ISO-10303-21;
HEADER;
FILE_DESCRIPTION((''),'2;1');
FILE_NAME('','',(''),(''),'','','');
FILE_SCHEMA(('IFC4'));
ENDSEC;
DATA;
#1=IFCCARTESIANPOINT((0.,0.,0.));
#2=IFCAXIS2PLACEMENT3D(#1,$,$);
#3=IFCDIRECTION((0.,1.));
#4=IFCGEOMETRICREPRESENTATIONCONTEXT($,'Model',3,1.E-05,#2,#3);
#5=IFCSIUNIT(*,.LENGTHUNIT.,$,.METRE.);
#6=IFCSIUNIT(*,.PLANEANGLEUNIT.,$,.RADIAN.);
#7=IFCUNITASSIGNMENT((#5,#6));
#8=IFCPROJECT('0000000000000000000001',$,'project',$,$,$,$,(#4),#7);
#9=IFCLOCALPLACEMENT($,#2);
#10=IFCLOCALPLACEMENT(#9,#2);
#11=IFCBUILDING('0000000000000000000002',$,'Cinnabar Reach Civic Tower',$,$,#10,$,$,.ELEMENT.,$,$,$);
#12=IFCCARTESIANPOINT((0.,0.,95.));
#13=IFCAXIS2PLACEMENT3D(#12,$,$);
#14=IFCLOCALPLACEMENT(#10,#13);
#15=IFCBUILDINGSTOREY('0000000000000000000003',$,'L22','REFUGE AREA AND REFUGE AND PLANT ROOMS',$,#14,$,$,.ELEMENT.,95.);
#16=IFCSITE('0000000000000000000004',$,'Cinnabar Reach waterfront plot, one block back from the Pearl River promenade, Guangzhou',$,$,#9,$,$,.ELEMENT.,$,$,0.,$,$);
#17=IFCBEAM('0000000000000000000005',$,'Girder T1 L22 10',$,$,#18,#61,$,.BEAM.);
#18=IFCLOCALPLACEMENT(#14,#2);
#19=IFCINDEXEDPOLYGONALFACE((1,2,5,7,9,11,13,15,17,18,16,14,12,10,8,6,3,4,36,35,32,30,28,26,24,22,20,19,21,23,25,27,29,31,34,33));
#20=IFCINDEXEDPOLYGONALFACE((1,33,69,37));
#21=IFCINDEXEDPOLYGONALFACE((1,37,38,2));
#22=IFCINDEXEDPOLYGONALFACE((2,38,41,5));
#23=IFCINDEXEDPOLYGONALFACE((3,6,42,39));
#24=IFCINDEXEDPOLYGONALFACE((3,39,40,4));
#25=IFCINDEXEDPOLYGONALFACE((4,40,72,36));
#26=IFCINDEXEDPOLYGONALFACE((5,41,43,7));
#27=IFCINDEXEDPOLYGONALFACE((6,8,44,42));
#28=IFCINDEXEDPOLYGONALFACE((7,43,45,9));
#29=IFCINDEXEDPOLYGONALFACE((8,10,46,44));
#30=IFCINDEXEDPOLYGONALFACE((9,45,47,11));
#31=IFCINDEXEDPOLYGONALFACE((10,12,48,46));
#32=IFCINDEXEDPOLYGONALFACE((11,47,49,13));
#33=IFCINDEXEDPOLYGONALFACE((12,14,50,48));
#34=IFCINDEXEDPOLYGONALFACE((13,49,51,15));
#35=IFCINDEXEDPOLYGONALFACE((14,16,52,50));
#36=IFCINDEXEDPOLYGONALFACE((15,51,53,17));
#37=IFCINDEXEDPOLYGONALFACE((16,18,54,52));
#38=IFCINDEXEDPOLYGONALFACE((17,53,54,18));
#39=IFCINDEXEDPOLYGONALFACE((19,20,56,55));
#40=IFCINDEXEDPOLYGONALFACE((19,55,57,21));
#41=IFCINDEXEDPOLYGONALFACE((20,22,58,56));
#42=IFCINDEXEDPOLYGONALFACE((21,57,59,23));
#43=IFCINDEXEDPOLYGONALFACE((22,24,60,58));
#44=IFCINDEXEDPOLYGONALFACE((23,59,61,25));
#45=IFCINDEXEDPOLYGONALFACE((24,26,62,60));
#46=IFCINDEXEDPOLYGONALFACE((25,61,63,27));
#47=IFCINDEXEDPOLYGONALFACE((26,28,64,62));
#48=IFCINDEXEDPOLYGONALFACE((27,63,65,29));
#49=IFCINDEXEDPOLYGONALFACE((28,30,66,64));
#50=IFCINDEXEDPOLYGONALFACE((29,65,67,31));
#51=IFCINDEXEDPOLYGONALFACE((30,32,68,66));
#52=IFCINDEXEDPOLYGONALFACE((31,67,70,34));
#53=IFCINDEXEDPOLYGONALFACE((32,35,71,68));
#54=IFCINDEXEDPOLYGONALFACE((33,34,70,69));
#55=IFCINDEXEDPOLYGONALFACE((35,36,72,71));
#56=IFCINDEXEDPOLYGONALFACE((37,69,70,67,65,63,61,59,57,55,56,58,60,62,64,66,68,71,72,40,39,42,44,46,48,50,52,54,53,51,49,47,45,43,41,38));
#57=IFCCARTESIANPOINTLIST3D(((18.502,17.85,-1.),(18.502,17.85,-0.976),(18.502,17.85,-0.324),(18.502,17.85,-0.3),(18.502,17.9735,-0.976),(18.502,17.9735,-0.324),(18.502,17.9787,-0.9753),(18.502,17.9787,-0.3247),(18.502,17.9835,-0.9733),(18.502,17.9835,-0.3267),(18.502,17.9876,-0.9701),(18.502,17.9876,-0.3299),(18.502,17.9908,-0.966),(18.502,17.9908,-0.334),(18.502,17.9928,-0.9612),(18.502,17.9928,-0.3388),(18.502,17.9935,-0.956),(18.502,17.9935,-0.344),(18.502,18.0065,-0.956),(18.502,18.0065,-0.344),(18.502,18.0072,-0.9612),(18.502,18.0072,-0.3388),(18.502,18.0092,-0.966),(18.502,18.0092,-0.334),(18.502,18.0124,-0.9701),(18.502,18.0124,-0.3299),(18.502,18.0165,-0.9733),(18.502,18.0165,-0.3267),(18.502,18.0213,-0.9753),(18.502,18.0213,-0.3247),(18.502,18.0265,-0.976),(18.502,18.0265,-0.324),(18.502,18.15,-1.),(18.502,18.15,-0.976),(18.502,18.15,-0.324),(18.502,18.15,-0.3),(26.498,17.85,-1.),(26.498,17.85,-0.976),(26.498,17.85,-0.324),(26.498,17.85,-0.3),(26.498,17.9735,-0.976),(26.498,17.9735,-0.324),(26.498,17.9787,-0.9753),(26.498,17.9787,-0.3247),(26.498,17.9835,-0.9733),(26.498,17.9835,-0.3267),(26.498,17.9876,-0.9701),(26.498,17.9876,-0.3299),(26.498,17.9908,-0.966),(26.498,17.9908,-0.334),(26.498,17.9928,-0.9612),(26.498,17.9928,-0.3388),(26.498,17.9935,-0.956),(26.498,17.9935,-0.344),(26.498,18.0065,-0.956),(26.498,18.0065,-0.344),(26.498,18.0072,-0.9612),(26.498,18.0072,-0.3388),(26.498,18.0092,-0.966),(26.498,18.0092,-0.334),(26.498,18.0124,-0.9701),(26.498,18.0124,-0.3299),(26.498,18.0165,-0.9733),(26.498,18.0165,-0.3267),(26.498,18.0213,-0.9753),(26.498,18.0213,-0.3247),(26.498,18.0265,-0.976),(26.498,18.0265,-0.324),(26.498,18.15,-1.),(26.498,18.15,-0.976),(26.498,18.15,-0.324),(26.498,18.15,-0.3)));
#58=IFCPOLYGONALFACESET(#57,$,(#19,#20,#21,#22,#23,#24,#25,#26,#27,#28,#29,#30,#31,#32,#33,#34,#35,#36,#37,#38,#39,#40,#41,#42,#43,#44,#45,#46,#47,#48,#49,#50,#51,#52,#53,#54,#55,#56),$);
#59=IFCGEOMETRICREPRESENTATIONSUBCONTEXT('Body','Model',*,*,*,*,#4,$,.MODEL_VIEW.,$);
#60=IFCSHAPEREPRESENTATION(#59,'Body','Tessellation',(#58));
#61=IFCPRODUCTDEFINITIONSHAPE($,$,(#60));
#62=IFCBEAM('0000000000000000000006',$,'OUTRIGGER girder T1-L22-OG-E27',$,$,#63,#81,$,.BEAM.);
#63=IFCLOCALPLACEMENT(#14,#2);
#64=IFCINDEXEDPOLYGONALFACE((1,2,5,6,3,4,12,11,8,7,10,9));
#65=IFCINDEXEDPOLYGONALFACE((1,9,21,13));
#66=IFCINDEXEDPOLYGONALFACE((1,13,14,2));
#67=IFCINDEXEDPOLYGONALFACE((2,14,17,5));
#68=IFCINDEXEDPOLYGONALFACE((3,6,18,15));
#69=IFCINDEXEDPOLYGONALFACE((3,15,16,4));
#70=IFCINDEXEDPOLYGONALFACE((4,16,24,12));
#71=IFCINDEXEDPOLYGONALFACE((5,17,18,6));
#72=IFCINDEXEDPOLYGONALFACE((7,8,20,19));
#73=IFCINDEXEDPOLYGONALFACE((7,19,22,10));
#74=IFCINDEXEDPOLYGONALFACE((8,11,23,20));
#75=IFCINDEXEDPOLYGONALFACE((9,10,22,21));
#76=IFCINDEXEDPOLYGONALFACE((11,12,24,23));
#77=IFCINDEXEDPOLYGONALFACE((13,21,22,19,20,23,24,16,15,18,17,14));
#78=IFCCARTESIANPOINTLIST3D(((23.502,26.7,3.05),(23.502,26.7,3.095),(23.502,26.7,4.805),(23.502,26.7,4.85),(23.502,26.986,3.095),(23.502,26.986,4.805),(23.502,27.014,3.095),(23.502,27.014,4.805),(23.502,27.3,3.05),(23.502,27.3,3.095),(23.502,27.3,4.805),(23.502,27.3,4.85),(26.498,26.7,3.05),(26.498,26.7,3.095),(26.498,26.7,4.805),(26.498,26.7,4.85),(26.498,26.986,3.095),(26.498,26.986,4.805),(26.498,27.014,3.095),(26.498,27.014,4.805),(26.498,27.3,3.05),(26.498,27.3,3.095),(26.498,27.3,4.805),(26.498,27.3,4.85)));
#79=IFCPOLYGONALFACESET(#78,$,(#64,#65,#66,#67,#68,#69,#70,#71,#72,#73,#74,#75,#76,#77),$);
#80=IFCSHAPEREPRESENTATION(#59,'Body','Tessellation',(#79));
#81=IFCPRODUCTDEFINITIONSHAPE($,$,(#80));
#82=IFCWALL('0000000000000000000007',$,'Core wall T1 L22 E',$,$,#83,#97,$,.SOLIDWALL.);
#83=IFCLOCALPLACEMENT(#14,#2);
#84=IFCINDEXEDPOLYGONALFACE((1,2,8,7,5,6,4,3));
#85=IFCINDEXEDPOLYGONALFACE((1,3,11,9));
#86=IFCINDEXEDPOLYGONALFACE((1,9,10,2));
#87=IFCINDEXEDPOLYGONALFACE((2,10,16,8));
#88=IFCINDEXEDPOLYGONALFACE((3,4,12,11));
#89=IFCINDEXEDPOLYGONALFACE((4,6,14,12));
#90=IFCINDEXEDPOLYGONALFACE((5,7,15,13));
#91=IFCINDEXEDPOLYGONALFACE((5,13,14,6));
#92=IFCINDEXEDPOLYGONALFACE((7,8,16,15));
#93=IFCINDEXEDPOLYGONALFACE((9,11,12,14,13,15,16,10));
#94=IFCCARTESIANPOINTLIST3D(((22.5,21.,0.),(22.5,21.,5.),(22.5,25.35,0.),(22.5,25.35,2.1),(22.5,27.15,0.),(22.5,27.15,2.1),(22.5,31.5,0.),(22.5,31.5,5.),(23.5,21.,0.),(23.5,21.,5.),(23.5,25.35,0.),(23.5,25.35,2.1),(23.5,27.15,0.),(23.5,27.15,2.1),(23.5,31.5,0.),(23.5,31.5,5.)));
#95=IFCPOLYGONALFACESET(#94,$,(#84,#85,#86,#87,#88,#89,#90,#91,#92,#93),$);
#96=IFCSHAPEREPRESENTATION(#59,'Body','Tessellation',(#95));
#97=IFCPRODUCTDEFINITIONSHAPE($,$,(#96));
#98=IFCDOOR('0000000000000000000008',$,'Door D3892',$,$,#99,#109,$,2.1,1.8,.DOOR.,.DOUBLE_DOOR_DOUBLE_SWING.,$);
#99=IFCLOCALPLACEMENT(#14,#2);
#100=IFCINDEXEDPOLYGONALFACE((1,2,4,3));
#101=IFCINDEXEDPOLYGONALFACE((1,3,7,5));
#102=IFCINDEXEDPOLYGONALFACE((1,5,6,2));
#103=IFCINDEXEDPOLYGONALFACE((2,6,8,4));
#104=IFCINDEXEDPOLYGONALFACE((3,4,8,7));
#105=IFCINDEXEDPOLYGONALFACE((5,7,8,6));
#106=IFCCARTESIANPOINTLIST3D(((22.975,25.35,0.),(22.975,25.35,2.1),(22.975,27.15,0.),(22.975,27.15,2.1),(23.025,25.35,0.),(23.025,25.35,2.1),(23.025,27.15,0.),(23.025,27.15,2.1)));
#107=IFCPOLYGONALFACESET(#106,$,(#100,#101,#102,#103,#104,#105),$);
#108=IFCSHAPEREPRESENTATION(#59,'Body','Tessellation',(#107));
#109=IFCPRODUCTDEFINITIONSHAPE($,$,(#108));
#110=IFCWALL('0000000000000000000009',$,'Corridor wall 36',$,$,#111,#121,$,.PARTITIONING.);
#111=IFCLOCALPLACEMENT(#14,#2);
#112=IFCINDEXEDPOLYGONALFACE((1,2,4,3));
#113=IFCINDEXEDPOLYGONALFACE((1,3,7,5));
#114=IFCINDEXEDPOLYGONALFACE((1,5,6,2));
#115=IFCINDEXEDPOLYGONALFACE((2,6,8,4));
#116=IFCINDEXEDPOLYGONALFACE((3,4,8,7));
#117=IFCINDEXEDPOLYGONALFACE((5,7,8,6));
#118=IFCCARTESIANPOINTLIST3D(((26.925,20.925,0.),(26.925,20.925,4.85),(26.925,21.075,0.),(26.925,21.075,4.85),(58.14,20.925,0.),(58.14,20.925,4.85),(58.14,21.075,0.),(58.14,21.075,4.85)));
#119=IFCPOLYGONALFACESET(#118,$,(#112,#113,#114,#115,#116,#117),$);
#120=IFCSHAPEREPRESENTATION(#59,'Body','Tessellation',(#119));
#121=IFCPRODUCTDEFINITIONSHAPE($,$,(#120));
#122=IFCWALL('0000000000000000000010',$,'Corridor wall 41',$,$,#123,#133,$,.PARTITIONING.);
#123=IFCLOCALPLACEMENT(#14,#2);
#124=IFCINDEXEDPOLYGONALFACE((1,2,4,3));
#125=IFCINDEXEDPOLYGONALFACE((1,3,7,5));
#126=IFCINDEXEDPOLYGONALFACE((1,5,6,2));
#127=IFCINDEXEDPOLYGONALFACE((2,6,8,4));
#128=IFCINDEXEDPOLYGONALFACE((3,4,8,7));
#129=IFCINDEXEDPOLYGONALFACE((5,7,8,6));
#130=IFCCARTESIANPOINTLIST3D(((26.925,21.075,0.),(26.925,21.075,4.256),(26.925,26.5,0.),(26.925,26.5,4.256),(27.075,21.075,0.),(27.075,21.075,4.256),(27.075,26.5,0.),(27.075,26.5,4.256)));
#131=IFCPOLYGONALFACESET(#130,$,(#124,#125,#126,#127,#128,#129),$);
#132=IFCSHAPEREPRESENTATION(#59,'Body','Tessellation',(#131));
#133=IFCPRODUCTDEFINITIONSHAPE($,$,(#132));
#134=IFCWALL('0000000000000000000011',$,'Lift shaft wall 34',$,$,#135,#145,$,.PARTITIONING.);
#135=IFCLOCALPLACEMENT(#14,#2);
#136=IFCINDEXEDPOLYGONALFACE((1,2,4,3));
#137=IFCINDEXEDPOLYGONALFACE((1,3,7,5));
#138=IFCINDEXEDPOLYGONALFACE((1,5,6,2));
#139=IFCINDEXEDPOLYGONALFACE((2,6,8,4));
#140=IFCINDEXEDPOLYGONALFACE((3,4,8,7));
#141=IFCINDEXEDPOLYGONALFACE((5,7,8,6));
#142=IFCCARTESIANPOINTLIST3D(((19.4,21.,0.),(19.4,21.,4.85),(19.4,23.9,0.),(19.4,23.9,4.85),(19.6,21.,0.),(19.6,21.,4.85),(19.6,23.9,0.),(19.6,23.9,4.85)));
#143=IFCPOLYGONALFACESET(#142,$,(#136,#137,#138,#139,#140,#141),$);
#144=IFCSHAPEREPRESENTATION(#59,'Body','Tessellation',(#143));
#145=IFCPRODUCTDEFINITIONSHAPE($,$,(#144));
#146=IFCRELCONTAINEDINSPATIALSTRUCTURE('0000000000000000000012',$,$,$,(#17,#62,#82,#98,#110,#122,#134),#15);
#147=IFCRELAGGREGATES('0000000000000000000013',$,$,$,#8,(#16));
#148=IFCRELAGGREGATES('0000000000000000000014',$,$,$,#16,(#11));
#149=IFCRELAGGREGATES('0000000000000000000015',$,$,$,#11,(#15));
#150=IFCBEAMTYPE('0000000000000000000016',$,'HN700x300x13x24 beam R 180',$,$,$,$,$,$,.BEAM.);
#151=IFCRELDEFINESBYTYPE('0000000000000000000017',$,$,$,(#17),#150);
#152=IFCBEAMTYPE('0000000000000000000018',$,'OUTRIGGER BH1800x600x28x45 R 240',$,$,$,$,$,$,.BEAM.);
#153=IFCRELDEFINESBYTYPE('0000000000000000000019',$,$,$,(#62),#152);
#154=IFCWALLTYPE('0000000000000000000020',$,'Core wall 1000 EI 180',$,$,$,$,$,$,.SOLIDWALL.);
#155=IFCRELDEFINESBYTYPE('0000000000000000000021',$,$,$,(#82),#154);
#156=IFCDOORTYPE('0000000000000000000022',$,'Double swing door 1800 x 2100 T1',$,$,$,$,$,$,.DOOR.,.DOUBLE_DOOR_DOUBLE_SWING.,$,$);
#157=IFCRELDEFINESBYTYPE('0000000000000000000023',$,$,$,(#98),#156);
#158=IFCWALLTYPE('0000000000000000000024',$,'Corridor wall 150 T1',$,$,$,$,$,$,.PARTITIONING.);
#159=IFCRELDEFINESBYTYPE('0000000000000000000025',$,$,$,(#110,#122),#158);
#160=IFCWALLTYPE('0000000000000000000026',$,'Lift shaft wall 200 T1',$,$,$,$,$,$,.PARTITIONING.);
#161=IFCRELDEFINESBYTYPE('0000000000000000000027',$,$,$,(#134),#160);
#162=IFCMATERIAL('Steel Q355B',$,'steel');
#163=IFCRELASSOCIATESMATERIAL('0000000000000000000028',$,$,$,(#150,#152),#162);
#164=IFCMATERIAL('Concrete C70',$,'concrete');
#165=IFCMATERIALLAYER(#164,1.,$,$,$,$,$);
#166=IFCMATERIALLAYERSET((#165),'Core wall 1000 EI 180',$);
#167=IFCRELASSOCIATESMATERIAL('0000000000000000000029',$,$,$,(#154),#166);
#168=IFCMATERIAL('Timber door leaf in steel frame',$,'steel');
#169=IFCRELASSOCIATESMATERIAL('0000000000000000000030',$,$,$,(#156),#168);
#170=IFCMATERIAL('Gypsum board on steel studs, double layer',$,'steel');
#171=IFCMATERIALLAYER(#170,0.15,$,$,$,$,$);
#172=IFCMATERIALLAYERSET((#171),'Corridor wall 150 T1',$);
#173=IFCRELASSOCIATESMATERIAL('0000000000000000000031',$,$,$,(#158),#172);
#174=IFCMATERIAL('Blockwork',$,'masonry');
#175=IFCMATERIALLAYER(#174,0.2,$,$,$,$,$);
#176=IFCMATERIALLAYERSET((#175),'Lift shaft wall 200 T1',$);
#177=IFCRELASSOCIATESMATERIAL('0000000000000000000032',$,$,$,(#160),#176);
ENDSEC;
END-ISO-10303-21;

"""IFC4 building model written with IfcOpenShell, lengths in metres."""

from ifc_helpers import new_model, si_unit, direction, frame, frame_2d, origin, origin_2d, place, context, subcontext, project, spatial, rectangle, i_section, extrude, material, layer, layer_set, material_profile, profile_set, type_object, element, fill, save


model = new_model("IFC4")

# Units and contexts
model_context = context("Model", 3, precision=1e-05, world=origin(), true_north=direction((0.0, 1.0)))
body_context = subcontext(model_context, "Body", "Model", "MODEL_VIEW")
ifc_project = project(units=[si_unit("LENGTHUNIT", "METRE"), si_unit("PLANEANGLEUNIT", "RADIAN")], contexts=[model_context])

# Site, building, storey
site_placement = place(None, origin())
site = spatial("IfcSite", under=ifc_project, at=site_placement, Name="Cinnabar Reach waterfront plot, one block back from the Pearl River promenade, Guangzhou", CompositionType="ELEMENT", RefElevation=0.0)
building_placement = place(site_placement, origin())
building = spatial("IfcBuilding", under=site, at=building_placement, Name="Cinnabar Reach Civic Tower", CompositionType="ELEMENT")
storey_placement = place(building_placement, frame((0.0, 0.0, 95.0)))
storey = spatial("IfcBuildingStorey", under=building, at=storey_placement, Name="L22", Description="REFUGE AREA AND REFUGE AND PLANT ROOMS", CompositionType="ELEMENT", Elevation=95.0)

# Shared definitions
ifc_material_1 = material(Name="Concrete C70", Category="concrete")

# Beams
ifc_material_2 = material(Name="Steel Q355B", Category="steel")
ifc_material_profile_1 = material_profile(ifc_material_2, i_section(OverallWidth=0.3, OverallDepth=0.7, WebThickness=0.013, FlangeThickness=0.024, FilletRadius=0.02, at=origin_2d()), Name="HN700x300x13x24")
ifc_profile_set_1 = profile_set([ifc_material_profile_1], Name="Steel Q355B")
beam_type_1 = type_object("IfcBeamType", Name="HN700x300x13x24 beam R 180", PredefinedType="BEAM", material=ifc_profile_set_1)
beam_1_placement = place(storey_placement, frame((18.502, 18.0, -0.65), z_axis=(1.0, 0.0, 0.0), x_axis=(0.0, 1.0, 0.0)))
element("IfcBeam", 1, at=beam_1_placement, inside=storey, type_object=beam_type_1, Name="Girder T1 L22 10", PredefinedType="BEAM", context=body_context, shape_type="SweptSolid", body=[
    extrude(i_section(OverallWidth=0.3, OverallDepth=0.7, WebThickness=0.013, FlangeThickness=0.024, FilletRadius=0.02, at=origin_2d()), origin(), (0.0, 0.0, 1.0), 7.996),
])
ifc_material_profile_2 = material_profile(ifc_material_2, i_section(OverallWidth=0.6, OverallDepth=1.8, WebThickness=0.028, FlangeThickness=0.045, at=origin_2d()), Name="BH1800x600x28x45")
ifc_profile_set_2 = profile_set([ifc_material_profile_2], Name="Steel Q355B")
beam_type_2 = type_object("IfcBeamType", Name="OUTRIGGER BH1800x600x28x45 R 240", PredefinedType="BEAM", material=ifc_profile_set_2)
beam_2_placement = place(storey_placement, frame((23.502, 27.0, 3.95), z_axis=(1.0, 0.0, 0.0), x_axis=(0.0, 1.0, 0.0)))
element("IfcBeam", 2, at=beam_2_placement, inside=storey, type_object=beam_type_2, Name="OUTRIGGER girder T1-L22-OG-E27", PredefinedType="BEAM", context=body_context, shape_type="SweptSolid", body=[
    extrude(i_section(OverallWidth=0.6, OverallDepth=1.8, WebThickness=0.028, FlangeThickness=0.045, at=origin_2d()), origin(), (0.0, 0.0, 1.0), 2.996),
])

# Wall, opening, door
ifc_layer_1 = layer(ifc_material_1, 1.0)
ifc_layer_set_1 = layer_set([ifc_layer_1], Name="Core wall 1000 EI 180")
wall_type_1 = type_object("IfcWallType", Name="Core wall 1000 EI 180", PredefinedType="SOLIDWALL", material=ifc_layer_set_1)
wall_1_placement = place(storey_placement, frame((23.0, 21.0, 0.0), z_axis=(0.0, 0.0, 1.0), x_axis=(0.0, 1.0, 0.0)))
wall_1 = element("IfcWall", 3, at=wall_1_placement, inside=storey, type_object=wall_type_1, Name="Core wall T1 L22 E", PredefinedType="SOLIDWALL", context=body_context, shape_type="SweptSolid", body=[
    extrude(rectangle(XDim=10.5, YDim=1.0, at=frame_2d((5.25, 0.0))), origin(), (0.0, 0.0, 1.0), 5.0),
])
opening_1_placement = place(wall_1_placement, frame((4.35, 0.0, 0.0)))
opening_1 = element("IfcOpeningElement", 4, at=opening_1_placement, cuts=wall_1, PredefinedType="OPENING", context=body_context, shape_type="SweptSolid", body=[
    extrude(rectangle(XDim=1.8, YDim=2.1, at=frame_2d((0.9, 1.05))), frame((0.0, 0.51, 0.0), z_axis=(0.0, -1.0, 0.0), x_axis=(1.0, 0.0, 0.0)), (0.0, 0.0, 1.0), 1.02),
])
ifc_material_3 = material(Name="Timber door leaf in steel frame", Category="steel")
door_type_1 = type_object("IfcDoorType", Name="Double swing door 1800 x 2100 T1", OperationType="DOUBLE_DOOR_DOUBLE_SWING", PredefinedType="DOOR", material=ifc_material_3)
door_1_placement = place(opening_1_placement, origin())
door_1 = element("IfcDoor", 5, at=door_1_placement, inside=storey, type_object=door_type_1, Name="Door D3892", OperationType="DOUBLE_DOOR_DOUBLE_SWING", OverallHeight=2.1, OverallWidth=1.8, PredefinedType="DOOR", context=body_context, shape_type="SweptSolid", body=[
    extrude(rectangle(XDim=1.8, YDim=2.1, at=frame_2d((0.9, 1.05))), frame((0.0, 0.025, 0.0), z_axis=(0.0, -1.0, 0.0), x_axis=(1.0, 0.0, 0.0)), (0.0, 0.0, 1.0), 0.05),
])
fill(opening_1, door_1)

# Walls
ifc_material_4 = material(Name="Gypsum board on steel studs, double layer", Category="steel")
ifc_layer_2 = layer(ifc_material_4, 0.15)
ifc_layer_set_2 = layer_set([ifc_layer_2], Name="Corridor wall 150 T1")
wall_type_2 = type_object("IfcWallType", Name="Corridor wall 150 T1", PredefinedType="PARTITIONING", material=ifc_layer_set_2)
wall_2_placement = place(storey_placement, frame((26.925, 21.0, 0.0), z_axis=(0.0, 0.0, 1.0), x_axis=(1.0, 0.0, 0.0)))
element("IfcWall", 6, at=wall_2_placement, inside=storey, type_object=wall_type_2, Name="Corridor wall 36", PredefinedType="PARTITIONING", context=body_context, shape_type="SweptSolid", body=[
    extrude(rectangle(XDim=31.215, YDim=0.15, at=frame_2d((15.6075, 0.0))), origin(), (0.0, 0.0, 1.0), 4.85),
])
wall_3_placement = place(storey_placement, frame((27.0, 21.075, 0.0), z_axis=(0.0, 0.0, 1.0), x_axis=(0.0, 1.0, 0.0)))
element("IfcWall", 7, at=wall_3_placement, inside=storey, type_object=wall_type_2, Name="Corridor wall 41", PredefinedType="PARTITIONING", context=body_context, shape_type="SweptSolid", body=[
    extrude(rectangle(XDim=5.425, YDim=0.15, at=frame_2d((2.7125, 0.0))), origin(), (0.0, 0.0, 1.0), 4.256),
])
ifc_material_5 = material(Name="Blockwork", Category="masonry")
ifc_layer_3 = layer(ifc_material_5, 0.2)
ifc_layer_set_3 = layer_set([ifc_layer_3], Name="Lift shaft wall 200 T1")
wall_type_3 = type_object("IfcWallType", Name="Lift shaft wall 200 T1", PredefinedType="PARTITIONING", material=ifc_layer_set_3)
wall_4_placement = place(storey_placement, frame((19.5, 21.0, 0.0), z_axis=(0.0, 0.0, 1.0), x_axis=(0.0, 1.0, 0.0)))
element("IfcWall", 8, at=wall_4_placement, inside=storey, type_object=wall_type_3, Name="Lift shaft wall 34", PredefinedType="PARTITIONING", context=body_context, shape_type="SweptSolid", body=[
    extrude(rectangle(XDim=2.9, YDim=0.2, at=frame_2d((1.45, 0.0))), origin(), (0.0, 0.0, 1.0), 4.85),
])

save(model, "model.ifc")
